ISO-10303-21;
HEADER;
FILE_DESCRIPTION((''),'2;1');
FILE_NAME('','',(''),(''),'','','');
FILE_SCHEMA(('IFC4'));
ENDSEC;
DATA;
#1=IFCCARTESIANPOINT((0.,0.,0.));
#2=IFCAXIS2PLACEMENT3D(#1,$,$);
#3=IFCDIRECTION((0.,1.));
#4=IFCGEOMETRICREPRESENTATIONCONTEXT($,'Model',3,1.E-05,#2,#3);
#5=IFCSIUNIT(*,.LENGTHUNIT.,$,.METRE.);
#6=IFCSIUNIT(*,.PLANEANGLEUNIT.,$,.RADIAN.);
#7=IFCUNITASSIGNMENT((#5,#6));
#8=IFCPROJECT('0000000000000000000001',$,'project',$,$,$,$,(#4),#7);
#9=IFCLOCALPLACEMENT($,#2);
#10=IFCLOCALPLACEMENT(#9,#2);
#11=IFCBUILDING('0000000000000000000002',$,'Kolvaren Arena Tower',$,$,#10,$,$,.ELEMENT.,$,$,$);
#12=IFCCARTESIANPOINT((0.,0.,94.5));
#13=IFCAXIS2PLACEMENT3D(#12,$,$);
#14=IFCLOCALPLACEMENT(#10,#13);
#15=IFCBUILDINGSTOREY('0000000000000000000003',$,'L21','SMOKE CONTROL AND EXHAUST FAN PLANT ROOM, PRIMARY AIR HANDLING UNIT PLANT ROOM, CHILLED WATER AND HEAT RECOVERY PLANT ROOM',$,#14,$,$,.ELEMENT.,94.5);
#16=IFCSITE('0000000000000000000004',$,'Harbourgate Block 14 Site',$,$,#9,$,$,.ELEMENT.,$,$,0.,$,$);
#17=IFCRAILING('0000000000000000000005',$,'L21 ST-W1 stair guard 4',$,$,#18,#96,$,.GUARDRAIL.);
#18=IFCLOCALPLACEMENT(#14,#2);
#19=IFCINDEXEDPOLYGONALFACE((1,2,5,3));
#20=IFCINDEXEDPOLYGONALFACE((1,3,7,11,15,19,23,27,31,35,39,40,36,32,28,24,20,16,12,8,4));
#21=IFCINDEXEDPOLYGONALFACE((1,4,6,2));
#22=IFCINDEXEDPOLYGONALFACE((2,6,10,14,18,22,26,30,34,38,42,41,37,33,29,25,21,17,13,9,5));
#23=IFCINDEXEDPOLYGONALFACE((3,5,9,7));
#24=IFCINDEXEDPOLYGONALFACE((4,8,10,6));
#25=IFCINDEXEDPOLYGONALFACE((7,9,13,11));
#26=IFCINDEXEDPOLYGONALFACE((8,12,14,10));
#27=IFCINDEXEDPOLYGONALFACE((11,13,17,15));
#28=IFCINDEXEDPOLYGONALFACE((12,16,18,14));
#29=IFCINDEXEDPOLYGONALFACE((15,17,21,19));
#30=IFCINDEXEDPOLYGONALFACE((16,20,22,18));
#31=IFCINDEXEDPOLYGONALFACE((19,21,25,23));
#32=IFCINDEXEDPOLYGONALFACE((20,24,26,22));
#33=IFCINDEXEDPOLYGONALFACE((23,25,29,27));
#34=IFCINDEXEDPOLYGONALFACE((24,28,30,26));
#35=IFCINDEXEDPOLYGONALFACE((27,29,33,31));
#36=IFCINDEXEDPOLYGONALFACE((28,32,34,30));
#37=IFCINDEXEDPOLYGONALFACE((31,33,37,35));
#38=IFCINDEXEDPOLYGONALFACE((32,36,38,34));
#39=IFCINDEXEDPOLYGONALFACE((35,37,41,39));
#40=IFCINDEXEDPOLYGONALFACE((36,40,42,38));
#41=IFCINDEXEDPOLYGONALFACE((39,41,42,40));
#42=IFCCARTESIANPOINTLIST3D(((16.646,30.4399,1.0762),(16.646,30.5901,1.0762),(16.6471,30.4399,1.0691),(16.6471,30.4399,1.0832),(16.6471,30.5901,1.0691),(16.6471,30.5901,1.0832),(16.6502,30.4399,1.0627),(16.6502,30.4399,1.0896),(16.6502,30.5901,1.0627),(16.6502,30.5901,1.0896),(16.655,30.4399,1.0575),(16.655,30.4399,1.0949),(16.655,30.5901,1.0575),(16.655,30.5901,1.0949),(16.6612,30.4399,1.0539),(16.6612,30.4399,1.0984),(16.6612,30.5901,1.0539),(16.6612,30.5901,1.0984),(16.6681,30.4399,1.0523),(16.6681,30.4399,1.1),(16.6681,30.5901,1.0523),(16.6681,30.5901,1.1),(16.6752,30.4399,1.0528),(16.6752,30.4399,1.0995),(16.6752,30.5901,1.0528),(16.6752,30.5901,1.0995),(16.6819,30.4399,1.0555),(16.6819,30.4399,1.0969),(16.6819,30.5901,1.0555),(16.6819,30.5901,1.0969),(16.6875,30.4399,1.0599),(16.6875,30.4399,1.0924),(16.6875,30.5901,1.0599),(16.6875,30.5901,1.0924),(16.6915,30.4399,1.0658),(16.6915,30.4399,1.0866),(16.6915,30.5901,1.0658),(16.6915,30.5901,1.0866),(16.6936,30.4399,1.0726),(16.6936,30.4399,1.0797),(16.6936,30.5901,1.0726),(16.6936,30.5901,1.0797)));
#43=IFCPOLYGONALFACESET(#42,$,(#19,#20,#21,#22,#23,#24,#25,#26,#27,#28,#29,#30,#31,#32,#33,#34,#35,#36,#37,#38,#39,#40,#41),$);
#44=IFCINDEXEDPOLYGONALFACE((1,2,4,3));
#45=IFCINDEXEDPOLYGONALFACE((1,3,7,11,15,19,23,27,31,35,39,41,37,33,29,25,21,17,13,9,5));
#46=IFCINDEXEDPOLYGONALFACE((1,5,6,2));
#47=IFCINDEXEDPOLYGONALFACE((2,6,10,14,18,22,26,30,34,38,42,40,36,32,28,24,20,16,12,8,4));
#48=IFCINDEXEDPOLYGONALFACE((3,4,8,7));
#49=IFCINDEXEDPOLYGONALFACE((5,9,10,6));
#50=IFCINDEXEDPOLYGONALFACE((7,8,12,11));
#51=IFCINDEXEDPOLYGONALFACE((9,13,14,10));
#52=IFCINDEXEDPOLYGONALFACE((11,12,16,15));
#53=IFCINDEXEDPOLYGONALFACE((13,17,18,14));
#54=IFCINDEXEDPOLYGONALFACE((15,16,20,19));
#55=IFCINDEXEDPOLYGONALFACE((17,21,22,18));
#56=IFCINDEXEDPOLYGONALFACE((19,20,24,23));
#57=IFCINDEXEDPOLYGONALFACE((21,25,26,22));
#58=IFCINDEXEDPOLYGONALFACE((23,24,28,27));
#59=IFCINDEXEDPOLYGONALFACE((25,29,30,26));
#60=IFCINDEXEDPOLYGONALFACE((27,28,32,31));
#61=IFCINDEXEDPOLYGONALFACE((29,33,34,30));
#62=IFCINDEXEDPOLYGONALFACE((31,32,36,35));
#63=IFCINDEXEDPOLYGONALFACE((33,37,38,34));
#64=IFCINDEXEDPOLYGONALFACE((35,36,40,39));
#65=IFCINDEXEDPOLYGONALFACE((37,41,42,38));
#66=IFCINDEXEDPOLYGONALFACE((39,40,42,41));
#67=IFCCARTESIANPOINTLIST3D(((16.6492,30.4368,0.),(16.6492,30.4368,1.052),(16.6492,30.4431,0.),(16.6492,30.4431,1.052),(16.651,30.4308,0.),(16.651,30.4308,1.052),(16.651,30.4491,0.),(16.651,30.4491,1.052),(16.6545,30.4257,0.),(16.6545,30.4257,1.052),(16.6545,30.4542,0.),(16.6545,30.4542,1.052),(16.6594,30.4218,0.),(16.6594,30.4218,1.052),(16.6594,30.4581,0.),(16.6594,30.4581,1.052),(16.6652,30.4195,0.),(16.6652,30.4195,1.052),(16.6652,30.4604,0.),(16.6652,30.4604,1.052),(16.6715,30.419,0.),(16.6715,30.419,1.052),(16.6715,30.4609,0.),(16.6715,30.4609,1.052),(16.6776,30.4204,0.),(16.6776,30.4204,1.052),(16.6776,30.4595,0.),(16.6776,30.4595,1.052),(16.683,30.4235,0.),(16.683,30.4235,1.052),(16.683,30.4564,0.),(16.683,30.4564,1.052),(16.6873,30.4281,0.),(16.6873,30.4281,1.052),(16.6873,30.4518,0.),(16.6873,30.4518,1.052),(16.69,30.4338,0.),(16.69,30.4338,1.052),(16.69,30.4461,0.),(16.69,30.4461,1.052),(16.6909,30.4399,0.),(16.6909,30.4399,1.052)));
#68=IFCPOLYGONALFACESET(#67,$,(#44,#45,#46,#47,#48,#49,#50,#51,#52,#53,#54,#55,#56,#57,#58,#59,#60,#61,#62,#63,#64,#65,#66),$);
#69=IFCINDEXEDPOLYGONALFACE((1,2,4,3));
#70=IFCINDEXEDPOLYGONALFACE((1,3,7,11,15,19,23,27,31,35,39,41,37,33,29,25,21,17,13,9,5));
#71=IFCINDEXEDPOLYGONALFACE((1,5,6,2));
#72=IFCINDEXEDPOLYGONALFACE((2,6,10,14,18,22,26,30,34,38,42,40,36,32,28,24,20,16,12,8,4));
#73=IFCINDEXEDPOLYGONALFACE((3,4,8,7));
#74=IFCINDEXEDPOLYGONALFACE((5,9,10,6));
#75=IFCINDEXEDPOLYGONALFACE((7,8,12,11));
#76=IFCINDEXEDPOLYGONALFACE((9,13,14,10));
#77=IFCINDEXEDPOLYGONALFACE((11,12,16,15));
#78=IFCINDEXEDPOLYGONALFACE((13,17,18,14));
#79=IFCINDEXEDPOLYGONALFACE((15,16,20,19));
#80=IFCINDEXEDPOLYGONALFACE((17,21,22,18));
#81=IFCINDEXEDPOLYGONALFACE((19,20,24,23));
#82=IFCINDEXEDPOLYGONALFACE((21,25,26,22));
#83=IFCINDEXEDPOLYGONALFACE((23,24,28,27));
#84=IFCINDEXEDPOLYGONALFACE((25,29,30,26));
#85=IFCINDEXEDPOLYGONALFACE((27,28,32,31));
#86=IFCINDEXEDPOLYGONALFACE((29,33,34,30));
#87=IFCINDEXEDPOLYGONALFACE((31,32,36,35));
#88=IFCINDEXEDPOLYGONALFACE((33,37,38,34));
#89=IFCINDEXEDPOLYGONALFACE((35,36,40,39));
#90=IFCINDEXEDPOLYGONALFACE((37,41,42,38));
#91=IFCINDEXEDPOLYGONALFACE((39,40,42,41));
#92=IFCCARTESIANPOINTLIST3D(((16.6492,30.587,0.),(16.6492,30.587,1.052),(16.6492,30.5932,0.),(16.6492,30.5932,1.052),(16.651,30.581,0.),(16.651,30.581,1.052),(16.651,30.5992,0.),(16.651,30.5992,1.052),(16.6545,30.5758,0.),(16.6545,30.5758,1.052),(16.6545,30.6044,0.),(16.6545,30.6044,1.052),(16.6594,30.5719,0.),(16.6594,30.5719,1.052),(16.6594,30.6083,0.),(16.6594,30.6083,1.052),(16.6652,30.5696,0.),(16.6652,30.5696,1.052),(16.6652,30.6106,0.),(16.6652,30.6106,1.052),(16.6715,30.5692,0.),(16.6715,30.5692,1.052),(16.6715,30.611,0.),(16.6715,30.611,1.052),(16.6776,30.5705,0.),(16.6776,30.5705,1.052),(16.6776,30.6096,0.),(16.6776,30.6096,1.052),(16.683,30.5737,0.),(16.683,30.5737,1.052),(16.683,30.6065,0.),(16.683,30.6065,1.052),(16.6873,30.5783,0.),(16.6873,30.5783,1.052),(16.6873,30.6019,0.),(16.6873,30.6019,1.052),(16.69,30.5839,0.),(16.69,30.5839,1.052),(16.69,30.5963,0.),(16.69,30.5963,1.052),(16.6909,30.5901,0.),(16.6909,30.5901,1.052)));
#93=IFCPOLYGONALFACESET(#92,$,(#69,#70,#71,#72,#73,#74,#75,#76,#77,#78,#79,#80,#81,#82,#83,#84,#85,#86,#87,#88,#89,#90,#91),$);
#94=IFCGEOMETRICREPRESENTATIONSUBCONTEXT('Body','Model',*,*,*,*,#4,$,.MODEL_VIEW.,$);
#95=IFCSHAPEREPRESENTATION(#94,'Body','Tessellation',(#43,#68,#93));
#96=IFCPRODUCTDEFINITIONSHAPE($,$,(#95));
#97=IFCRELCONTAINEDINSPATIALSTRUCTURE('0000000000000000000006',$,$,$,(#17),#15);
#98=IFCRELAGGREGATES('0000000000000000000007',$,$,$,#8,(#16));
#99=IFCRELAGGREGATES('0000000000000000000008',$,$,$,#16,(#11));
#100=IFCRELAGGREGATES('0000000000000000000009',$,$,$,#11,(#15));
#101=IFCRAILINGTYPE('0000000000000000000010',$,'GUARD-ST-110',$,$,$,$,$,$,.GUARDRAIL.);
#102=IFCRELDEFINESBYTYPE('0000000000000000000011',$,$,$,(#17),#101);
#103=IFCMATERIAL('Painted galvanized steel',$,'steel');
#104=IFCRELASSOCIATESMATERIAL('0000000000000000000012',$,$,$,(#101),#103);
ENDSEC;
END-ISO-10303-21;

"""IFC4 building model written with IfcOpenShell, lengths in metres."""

from ifc_helpers import new_model, si_unit, direction, frame, origin, origin_2d, place, context, subcontext, project, spatial, circle, extrude, material, type_object, element, save


model = new_model("IFC4")

# Units and contexts
model_context = context("Model", 3, precision=1e-05, world=origin(), true_north=direction((0.0, 1.0)))
body_context = subcontext(model_context, "Body", "Model", "MODEL_VIEW")
ifc_project = project(units=[si_unit("LENGTHUNIT", "METRE"), si_unit("PLANEANGLEUNIT", "RADIAN")], contexts=[model_context])

# Site, building, storey
site_placement = place(None, origin())
site = spatial("IfcSite", under=ifc_project, at=site_placement, Name="Harbourgate Block 14 Site", CompositionType="ELEMENT", RefElevation=0.0)
building_placement = place(site_placement, origin())
building = spatial("IfcBuilding", under=site, at=building_placement, Name="Kolvaren Arena Tower", CompositionType="ELEMENT")
storey_placement = place(building_placement, frame((0.0, 0.0, 94.5)))
storey = spatial("IfcBuildingStorey", under=building, at=storey_placement, Name="L21", Description="SMOKE CONTROL AND EXHAUST FAN PLANT ROOM, PRIMARY AIR HANDLING UNIT PLANT ROOM, CHILLED WATER AND HEAT RECOVERY PLANT ROOM", CompositionType="ELEMENT", Elevation=94.5)

# Railing
ifc_material_1 = material(Name="Painted galvanized steel", Category="steel")
railing_type_1 = type_object("IfcRailingType", Name="GUARD-ST-110", PredefinedType="GUARDRAIL", material=ifc_material_1)
railing_1_placement = place(storey_placement, frame((16.6699, 30.4399, 0.0)))
element("IfcRailing", 1, at=railing_1_placement, inside=storey, type_object=railing_type_1, Name="L21 ST-W1 stair guard 4", PredefinedType="GUARDRAIL", context=body_context, shape_type="SweptSolid", body=[
    extrude(circle(Radius=0.0239, at=origin_2d()), frame((0.0, 0.0, 1.0762), z_axis=(0.0, 1.0, 0.0), x_axis=(-1.0, 0.0, 0.0)), (0.0, 0.0, 1.0), 0.1501),
    extrude(circle(Radius=0.021, at=origin_2d()), origin(), (0.0, 0.0, 1.0), 1.052),
    extrude(circle(Radius=0.021, at=origin_2d()), frame((0.0, 0.1501, 0.0)), (0.0, 0.0, 1.0), 1.052),
])

save(model, "model.ifc")
